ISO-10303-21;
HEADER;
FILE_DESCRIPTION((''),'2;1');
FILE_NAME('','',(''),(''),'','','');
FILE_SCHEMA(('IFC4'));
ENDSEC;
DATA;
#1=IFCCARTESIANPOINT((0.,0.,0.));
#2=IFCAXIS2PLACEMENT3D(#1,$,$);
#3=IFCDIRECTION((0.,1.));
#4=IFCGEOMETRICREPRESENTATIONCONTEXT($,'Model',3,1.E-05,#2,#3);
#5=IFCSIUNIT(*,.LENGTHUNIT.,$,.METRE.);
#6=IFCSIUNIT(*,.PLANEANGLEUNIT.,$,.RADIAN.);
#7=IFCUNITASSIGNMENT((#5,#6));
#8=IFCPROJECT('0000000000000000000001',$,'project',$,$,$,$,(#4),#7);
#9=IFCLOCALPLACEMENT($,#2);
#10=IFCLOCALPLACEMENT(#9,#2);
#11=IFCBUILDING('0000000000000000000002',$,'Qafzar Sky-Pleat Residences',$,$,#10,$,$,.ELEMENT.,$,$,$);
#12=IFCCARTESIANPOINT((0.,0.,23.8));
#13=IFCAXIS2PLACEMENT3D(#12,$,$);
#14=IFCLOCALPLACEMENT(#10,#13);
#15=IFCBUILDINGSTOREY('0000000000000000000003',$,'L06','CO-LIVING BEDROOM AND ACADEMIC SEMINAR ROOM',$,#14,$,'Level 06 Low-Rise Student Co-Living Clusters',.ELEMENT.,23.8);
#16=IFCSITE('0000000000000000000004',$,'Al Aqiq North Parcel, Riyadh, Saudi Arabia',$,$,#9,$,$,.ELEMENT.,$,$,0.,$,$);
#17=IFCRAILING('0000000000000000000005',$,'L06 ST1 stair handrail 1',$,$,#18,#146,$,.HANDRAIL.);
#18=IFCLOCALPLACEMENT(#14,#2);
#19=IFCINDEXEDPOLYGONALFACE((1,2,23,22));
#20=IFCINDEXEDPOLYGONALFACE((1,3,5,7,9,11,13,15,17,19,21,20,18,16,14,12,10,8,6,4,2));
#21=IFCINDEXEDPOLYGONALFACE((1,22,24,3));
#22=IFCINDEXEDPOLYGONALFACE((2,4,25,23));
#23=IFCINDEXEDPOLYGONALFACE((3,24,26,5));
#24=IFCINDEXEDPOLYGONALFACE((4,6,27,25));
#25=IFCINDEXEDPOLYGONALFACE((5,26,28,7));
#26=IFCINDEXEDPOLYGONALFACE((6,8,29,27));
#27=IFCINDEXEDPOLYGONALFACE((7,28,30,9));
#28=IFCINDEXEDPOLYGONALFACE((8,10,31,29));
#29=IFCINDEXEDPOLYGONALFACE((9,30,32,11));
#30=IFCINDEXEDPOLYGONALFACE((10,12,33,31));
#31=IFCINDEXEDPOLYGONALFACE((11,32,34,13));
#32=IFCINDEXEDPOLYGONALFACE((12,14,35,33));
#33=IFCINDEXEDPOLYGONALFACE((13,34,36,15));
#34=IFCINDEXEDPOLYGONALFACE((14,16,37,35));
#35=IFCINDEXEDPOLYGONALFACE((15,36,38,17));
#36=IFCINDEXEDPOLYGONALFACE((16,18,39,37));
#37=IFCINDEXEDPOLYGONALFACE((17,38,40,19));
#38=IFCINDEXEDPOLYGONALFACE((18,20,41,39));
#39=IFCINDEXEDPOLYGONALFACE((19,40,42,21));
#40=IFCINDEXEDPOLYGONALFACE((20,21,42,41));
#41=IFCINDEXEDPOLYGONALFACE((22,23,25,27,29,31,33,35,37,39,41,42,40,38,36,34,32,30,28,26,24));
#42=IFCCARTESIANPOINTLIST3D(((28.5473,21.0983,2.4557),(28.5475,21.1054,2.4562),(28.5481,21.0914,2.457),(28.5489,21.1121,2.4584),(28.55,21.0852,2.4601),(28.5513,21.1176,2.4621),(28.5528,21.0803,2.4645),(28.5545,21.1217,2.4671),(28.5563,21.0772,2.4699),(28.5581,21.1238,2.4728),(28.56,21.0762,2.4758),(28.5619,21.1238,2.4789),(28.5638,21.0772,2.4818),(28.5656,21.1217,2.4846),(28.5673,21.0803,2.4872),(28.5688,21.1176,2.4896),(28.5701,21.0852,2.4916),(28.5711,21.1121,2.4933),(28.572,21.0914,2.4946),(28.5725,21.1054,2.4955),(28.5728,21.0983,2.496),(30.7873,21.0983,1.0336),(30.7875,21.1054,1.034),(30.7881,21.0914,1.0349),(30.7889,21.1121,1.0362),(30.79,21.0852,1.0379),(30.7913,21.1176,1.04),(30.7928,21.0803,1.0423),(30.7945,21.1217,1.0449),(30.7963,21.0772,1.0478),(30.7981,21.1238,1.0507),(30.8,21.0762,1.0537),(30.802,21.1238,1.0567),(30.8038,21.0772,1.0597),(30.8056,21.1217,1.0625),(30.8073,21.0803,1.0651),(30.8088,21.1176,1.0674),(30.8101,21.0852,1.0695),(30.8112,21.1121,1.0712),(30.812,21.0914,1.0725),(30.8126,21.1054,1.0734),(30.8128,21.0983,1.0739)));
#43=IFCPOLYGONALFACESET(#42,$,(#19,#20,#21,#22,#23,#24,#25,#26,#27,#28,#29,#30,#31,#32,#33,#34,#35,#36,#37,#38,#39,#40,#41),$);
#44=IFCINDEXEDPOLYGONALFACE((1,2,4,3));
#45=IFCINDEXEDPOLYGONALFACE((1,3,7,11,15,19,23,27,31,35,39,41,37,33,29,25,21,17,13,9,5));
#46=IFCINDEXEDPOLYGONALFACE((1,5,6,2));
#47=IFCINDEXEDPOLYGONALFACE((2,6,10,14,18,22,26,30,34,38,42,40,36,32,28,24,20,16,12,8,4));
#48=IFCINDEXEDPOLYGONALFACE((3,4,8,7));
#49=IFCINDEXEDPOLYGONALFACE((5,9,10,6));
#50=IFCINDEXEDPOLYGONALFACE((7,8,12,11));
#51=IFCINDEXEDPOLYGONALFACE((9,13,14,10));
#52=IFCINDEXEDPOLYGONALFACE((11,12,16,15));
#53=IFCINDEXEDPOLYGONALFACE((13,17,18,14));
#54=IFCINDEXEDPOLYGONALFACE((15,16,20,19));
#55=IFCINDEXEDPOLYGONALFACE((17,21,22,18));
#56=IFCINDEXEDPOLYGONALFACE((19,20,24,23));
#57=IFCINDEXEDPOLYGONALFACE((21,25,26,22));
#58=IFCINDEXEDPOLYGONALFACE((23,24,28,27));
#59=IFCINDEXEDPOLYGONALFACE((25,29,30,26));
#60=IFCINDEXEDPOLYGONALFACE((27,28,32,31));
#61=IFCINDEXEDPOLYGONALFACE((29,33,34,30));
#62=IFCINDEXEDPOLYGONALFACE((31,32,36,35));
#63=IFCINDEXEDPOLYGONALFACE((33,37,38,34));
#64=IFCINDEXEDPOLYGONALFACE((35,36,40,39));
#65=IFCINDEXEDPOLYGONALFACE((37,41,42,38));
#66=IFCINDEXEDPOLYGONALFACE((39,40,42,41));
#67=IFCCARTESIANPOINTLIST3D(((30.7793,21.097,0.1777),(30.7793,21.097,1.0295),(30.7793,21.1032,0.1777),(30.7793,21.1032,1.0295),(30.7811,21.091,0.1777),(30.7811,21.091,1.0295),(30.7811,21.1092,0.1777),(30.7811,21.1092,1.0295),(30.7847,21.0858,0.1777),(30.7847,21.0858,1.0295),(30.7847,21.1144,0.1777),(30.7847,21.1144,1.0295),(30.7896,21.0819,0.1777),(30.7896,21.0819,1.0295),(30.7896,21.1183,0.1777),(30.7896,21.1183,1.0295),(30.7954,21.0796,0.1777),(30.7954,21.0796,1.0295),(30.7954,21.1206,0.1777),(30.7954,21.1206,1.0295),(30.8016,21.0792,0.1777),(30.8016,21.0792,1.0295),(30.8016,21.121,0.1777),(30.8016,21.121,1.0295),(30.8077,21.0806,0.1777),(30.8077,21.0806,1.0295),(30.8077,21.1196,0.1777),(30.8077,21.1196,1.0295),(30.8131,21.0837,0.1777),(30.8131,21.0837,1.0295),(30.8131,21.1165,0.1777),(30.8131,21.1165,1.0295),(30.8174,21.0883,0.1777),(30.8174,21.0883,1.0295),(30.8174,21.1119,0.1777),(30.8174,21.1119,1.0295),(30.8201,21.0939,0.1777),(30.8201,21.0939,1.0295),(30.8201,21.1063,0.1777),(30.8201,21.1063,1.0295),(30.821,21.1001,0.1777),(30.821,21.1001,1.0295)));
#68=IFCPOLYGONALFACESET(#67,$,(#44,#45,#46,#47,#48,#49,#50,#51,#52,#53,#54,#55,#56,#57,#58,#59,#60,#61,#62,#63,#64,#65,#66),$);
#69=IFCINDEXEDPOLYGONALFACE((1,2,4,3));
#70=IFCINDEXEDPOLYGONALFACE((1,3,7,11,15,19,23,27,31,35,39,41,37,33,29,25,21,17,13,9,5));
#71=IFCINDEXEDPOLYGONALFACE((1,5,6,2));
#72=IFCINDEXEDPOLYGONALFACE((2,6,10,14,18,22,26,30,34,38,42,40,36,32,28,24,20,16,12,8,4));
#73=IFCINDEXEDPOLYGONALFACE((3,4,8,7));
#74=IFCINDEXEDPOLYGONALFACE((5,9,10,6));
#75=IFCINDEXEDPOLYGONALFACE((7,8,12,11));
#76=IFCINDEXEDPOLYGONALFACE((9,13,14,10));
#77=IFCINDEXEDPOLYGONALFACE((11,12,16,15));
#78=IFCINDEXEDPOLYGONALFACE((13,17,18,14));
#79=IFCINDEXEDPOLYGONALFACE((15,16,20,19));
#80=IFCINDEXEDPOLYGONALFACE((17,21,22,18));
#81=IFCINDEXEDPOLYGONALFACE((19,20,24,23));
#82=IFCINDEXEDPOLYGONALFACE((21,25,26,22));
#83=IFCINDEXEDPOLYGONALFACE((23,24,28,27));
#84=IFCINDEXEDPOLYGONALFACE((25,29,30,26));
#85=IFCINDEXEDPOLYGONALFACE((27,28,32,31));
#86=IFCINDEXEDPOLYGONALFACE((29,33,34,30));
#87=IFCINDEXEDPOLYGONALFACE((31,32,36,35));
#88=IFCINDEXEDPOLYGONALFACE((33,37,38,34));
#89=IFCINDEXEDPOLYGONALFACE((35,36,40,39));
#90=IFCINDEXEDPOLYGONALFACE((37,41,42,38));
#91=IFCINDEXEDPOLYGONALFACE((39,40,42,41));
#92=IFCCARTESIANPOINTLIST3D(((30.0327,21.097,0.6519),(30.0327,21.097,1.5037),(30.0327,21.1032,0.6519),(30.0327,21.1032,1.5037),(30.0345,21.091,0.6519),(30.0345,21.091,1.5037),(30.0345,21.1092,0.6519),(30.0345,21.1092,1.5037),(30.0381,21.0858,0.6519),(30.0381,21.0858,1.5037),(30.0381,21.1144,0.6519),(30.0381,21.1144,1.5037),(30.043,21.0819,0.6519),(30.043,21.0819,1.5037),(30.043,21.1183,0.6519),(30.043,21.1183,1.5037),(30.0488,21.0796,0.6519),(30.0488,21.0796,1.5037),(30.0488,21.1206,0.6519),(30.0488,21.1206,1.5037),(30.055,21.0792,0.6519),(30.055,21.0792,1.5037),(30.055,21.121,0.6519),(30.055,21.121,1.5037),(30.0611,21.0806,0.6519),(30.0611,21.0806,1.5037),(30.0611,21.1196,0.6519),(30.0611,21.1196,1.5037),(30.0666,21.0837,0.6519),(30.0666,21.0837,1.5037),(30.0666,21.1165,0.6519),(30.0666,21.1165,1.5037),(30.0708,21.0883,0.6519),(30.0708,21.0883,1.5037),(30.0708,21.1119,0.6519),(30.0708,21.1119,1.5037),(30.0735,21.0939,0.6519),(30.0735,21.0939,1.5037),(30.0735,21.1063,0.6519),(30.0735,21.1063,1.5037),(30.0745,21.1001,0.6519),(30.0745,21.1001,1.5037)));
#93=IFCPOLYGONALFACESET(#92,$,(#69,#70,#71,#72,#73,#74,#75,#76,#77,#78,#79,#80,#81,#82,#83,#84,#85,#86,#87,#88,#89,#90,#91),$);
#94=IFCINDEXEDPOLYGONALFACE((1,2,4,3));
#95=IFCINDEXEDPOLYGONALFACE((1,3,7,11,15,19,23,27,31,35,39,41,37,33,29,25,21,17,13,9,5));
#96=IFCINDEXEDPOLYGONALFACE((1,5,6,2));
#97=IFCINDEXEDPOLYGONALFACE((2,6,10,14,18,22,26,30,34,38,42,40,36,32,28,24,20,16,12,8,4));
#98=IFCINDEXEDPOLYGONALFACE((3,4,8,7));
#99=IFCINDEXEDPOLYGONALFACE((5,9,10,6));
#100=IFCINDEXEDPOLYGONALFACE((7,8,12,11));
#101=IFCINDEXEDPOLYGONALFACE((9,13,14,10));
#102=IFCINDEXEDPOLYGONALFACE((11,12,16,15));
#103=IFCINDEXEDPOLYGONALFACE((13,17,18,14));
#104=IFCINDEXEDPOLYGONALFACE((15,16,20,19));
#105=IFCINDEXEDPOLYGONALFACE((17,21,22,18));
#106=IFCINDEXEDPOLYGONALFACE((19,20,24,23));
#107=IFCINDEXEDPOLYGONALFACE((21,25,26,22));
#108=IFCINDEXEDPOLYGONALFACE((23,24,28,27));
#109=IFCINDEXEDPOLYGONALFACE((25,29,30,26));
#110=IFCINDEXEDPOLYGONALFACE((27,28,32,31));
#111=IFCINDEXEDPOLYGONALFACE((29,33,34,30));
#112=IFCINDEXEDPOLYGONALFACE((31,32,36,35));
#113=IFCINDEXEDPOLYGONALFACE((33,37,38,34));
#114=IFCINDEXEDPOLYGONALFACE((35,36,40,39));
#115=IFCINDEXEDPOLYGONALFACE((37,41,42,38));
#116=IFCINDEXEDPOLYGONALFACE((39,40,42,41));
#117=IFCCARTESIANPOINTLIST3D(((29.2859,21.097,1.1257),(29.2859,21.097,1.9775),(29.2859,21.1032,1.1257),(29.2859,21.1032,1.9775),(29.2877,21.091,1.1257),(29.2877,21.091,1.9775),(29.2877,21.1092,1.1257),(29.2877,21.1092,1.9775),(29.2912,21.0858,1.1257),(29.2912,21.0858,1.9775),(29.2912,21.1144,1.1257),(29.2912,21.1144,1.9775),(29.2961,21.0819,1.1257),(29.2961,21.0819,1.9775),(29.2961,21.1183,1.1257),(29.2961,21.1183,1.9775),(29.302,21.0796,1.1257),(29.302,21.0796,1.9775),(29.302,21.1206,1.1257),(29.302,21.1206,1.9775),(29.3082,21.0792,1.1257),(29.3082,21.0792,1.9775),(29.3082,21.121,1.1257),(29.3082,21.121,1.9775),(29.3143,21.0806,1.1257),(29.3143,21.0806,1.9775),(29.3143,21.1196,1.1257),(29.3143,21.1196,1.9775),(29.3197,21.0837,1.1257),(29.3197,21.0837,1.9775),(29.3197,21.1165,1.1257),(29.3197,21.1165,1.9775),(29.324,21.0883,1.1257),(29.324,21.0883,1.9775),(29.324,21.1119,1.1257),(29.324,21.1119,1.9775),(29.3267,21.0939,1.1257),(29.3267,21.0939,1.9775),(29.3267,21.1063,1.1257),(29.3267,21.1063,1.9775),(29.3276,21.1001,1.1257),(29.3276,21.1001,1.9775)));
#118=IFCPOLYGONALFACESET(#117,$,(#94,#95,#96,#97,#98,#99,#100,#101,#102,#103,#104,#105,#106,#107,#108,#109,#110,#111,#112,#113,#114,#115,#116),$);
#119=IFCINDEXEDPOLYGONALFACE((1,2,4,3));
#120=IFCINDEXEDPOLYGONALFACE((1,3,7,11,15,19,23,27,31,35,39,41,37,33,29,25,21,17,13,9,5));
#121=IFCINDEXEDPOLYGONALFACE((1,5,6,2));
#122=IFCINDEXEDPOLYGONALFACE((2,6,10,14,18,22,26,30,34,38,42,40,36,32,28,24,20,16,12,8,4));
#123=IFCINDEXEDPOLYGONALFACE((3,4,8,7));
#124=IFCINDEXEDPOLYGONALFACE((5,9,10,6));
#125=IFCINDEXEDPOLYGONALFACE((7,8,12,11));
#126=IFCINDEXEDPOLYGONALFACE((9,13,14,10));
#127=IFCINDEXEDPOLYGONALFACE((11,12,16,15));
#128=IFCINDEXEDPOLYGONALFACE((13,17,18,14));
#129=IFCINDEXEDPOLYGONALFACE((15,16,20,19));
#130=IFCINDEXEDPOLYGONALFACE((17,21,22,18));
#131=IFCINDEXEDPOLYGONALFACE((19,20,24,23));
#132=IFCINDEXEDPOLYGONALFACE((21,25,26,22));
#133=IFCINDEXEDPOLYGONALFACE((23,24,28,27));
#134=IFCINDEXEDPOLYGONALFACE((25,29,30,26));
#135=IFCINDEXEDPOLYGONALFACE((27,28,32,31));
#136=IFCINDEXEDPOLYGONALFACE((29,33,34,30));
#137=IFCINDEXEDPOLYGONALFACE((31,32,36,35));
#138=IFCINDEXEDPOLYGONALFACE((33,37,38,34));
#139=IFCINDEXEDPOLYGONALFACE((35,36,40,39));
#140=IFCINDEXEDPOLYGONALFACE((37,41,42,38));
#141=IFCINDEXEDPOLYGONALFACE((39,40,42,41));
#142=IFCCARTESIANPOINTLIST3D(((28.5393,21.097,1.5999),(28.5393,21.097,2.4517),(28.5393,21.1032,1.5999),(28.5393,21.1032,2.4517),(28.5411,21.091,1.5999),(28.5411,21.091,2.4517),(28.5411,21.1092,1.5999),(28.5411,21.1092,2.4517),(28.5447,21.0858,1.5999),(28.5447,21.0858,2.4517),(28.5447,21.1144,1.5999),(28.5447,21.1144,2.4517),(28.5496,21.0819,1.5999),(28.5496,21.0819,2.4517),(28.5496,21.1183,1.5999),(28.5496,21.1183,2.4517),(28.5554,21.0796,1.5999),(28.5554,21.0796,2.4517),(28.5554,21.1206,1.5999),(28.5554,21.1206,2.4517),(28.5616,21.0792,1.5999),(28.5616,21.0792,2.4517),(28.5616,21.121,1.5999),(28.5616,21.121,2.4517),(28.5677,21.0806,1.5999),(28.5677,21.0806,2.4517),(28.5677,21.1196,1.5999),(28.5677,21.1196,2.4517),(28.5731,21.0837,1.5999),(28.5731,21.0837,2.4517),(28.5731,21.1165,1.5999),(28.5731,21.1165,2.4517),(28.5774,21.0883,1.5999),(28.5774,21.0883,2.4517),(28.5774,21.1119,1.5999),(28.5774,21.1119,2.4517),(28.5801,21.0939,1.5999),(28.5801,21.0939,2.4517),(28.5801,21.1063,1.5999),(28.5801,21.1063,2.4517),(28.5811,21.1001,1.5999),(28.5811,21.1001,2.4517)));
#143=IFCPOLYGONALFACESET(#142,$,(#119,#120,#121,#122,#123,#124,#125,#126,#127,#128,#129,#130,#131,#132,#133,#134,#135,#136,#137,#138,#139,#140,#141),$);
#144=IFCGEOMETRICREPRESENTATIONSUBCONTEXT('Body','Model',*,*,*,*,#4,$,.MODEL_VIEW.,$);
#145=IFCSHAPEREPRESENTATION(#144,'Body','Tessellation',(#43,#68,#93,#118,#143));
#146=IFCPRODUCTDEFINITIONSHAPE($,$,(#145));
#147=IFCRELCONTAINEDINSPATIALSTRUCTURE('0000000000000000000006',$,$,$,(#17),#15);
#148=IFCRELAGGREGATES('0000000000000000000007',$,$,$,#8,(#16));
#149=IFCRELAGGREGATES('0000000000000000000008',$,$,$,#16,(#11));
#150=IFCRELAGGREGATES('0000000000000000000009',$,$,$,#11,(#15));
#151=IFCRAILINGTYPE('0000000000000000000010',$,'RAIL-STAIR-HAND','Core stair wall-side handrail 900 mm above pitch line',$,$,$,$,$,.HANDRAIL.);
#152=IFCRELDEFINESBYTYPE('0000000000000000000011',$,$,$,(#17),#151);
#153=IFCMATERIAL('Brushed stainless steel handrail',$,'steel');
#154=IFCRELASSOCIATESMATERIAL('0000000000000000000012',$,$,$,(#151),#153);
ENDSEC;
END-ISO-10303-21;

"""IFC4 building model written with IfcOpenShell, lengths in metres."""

from ifc_helpers import new_model, si_unit, direction, frame, origin, origin_2d, place, context, subcontext, project, spatial, circle, extrude, source, transform, mapped, material, type_object, element, save


model = new_model("IFC4")

# Units and contexts
model_context = context("Model", 3, precision=1e-05, world=origin(), true_north=direction((0.0, 1.0)))
body_context = subcontext(model_context, "Body", "Model", "MODEL_VIEW")
ifc_project = project(units=[si_unit("LENGTHUNIT", "METRE"), si_unit("PLANEANGLEUNIT", "RADIAN")], contexts=[model_context])

# Site, building, storey
site_placement = place(None, origin())
site = spatial("IfcSite", under=ifc_project, at=site_placement, Name="Al Aqiq North Parcel, Riyadh, Saudi Arabia", CompositionType="ELEMENT", RefElevation=0.0)
building_placement = place(site_placement, origin())
building = spatial("IfcBuilding", under=site, at=building_placement, Name="Qafzar Sky-Pleat Residences", CompositionType="ELEMENT")
storey_placement = place(building_placement, frame((0.0, 0.0, 23.8)))
storey = spatial("IfcBuildingStorey", under=building, at=storey_placement, Name="L06", Description="CO-LIVING BEDROOM AND ACADEMIC SEMINAR ROOM", LongName="Level 06 Low-Rise Student Co-Living Clusters", CompositionType="ELEMENT", Elevation=23.8)

# Railing
ifc_material_1 = material(Name="Brushed stainless steel handrail", Category="steel")
railing_type_1 = type_object("IfcRailingType", Name="RAIL-STAIR-HAND", Description="Core stair wall-side handrail 900 mm above pitch line", PredefinedType="HANDRAIL", material=ifc_material_1)
shared_shape_1 = source(origin(), body_context, "Body", "SweptSolid", [
    extrude(circle(Radius=0.0239, at=origin_2d()), frame((0.0, 0.0, 0.876), z_axis=(-0.844229, 0.0, 0.535982), x_axis=(0.0, -1.0, 0.0)), (0.0, 0.0, 1.0), 2.6533),
    extrude(circle(Radius=0.021, at=origin_2d()), origin(), (0.0, 0.0, 1.0), 0.8518),
    extrude(circle(Radius=0.021, at=origin_2d()), frame((-0.7466, 0.0, 0.4741)), (0.0, 0.0, 1.0), 0.8518),
    extrude(circle(Radius=0.021, at=origin_2d()), frame((-1.4934, 0.0, 0.948)), (0.0, 0.0, 1.0), 0.8518),
    extrude(circle(Radius=0.021, at=origin_2d()), frame((-2.24, 0.0, 1.4221)), (0.0, 0.0, 1.0), 0.8518),
])
railing_1_placement = place(storey_placement, frame((30.8, 21.1001, 0.1777)))
element("IfcRailing", 1, at=railing_1_placement, inside=storey, type_object=railing_type_1, Name="L06 ST1 stair handrail 1", PredefinedType="HANDRAIL", context=body_context, shape_type="MappedRepresentation", body=[
    mapped(shared_shape_1, transform((0.0, 0.0, 0.0), x_axis=(1.0, 0.0, 0.0), y_axis=(0.0, 1.0, 0.0), z_axis=(0.0, 0.0, 1.0), scale=1.0)),
])

save(model, "model.ifc")
